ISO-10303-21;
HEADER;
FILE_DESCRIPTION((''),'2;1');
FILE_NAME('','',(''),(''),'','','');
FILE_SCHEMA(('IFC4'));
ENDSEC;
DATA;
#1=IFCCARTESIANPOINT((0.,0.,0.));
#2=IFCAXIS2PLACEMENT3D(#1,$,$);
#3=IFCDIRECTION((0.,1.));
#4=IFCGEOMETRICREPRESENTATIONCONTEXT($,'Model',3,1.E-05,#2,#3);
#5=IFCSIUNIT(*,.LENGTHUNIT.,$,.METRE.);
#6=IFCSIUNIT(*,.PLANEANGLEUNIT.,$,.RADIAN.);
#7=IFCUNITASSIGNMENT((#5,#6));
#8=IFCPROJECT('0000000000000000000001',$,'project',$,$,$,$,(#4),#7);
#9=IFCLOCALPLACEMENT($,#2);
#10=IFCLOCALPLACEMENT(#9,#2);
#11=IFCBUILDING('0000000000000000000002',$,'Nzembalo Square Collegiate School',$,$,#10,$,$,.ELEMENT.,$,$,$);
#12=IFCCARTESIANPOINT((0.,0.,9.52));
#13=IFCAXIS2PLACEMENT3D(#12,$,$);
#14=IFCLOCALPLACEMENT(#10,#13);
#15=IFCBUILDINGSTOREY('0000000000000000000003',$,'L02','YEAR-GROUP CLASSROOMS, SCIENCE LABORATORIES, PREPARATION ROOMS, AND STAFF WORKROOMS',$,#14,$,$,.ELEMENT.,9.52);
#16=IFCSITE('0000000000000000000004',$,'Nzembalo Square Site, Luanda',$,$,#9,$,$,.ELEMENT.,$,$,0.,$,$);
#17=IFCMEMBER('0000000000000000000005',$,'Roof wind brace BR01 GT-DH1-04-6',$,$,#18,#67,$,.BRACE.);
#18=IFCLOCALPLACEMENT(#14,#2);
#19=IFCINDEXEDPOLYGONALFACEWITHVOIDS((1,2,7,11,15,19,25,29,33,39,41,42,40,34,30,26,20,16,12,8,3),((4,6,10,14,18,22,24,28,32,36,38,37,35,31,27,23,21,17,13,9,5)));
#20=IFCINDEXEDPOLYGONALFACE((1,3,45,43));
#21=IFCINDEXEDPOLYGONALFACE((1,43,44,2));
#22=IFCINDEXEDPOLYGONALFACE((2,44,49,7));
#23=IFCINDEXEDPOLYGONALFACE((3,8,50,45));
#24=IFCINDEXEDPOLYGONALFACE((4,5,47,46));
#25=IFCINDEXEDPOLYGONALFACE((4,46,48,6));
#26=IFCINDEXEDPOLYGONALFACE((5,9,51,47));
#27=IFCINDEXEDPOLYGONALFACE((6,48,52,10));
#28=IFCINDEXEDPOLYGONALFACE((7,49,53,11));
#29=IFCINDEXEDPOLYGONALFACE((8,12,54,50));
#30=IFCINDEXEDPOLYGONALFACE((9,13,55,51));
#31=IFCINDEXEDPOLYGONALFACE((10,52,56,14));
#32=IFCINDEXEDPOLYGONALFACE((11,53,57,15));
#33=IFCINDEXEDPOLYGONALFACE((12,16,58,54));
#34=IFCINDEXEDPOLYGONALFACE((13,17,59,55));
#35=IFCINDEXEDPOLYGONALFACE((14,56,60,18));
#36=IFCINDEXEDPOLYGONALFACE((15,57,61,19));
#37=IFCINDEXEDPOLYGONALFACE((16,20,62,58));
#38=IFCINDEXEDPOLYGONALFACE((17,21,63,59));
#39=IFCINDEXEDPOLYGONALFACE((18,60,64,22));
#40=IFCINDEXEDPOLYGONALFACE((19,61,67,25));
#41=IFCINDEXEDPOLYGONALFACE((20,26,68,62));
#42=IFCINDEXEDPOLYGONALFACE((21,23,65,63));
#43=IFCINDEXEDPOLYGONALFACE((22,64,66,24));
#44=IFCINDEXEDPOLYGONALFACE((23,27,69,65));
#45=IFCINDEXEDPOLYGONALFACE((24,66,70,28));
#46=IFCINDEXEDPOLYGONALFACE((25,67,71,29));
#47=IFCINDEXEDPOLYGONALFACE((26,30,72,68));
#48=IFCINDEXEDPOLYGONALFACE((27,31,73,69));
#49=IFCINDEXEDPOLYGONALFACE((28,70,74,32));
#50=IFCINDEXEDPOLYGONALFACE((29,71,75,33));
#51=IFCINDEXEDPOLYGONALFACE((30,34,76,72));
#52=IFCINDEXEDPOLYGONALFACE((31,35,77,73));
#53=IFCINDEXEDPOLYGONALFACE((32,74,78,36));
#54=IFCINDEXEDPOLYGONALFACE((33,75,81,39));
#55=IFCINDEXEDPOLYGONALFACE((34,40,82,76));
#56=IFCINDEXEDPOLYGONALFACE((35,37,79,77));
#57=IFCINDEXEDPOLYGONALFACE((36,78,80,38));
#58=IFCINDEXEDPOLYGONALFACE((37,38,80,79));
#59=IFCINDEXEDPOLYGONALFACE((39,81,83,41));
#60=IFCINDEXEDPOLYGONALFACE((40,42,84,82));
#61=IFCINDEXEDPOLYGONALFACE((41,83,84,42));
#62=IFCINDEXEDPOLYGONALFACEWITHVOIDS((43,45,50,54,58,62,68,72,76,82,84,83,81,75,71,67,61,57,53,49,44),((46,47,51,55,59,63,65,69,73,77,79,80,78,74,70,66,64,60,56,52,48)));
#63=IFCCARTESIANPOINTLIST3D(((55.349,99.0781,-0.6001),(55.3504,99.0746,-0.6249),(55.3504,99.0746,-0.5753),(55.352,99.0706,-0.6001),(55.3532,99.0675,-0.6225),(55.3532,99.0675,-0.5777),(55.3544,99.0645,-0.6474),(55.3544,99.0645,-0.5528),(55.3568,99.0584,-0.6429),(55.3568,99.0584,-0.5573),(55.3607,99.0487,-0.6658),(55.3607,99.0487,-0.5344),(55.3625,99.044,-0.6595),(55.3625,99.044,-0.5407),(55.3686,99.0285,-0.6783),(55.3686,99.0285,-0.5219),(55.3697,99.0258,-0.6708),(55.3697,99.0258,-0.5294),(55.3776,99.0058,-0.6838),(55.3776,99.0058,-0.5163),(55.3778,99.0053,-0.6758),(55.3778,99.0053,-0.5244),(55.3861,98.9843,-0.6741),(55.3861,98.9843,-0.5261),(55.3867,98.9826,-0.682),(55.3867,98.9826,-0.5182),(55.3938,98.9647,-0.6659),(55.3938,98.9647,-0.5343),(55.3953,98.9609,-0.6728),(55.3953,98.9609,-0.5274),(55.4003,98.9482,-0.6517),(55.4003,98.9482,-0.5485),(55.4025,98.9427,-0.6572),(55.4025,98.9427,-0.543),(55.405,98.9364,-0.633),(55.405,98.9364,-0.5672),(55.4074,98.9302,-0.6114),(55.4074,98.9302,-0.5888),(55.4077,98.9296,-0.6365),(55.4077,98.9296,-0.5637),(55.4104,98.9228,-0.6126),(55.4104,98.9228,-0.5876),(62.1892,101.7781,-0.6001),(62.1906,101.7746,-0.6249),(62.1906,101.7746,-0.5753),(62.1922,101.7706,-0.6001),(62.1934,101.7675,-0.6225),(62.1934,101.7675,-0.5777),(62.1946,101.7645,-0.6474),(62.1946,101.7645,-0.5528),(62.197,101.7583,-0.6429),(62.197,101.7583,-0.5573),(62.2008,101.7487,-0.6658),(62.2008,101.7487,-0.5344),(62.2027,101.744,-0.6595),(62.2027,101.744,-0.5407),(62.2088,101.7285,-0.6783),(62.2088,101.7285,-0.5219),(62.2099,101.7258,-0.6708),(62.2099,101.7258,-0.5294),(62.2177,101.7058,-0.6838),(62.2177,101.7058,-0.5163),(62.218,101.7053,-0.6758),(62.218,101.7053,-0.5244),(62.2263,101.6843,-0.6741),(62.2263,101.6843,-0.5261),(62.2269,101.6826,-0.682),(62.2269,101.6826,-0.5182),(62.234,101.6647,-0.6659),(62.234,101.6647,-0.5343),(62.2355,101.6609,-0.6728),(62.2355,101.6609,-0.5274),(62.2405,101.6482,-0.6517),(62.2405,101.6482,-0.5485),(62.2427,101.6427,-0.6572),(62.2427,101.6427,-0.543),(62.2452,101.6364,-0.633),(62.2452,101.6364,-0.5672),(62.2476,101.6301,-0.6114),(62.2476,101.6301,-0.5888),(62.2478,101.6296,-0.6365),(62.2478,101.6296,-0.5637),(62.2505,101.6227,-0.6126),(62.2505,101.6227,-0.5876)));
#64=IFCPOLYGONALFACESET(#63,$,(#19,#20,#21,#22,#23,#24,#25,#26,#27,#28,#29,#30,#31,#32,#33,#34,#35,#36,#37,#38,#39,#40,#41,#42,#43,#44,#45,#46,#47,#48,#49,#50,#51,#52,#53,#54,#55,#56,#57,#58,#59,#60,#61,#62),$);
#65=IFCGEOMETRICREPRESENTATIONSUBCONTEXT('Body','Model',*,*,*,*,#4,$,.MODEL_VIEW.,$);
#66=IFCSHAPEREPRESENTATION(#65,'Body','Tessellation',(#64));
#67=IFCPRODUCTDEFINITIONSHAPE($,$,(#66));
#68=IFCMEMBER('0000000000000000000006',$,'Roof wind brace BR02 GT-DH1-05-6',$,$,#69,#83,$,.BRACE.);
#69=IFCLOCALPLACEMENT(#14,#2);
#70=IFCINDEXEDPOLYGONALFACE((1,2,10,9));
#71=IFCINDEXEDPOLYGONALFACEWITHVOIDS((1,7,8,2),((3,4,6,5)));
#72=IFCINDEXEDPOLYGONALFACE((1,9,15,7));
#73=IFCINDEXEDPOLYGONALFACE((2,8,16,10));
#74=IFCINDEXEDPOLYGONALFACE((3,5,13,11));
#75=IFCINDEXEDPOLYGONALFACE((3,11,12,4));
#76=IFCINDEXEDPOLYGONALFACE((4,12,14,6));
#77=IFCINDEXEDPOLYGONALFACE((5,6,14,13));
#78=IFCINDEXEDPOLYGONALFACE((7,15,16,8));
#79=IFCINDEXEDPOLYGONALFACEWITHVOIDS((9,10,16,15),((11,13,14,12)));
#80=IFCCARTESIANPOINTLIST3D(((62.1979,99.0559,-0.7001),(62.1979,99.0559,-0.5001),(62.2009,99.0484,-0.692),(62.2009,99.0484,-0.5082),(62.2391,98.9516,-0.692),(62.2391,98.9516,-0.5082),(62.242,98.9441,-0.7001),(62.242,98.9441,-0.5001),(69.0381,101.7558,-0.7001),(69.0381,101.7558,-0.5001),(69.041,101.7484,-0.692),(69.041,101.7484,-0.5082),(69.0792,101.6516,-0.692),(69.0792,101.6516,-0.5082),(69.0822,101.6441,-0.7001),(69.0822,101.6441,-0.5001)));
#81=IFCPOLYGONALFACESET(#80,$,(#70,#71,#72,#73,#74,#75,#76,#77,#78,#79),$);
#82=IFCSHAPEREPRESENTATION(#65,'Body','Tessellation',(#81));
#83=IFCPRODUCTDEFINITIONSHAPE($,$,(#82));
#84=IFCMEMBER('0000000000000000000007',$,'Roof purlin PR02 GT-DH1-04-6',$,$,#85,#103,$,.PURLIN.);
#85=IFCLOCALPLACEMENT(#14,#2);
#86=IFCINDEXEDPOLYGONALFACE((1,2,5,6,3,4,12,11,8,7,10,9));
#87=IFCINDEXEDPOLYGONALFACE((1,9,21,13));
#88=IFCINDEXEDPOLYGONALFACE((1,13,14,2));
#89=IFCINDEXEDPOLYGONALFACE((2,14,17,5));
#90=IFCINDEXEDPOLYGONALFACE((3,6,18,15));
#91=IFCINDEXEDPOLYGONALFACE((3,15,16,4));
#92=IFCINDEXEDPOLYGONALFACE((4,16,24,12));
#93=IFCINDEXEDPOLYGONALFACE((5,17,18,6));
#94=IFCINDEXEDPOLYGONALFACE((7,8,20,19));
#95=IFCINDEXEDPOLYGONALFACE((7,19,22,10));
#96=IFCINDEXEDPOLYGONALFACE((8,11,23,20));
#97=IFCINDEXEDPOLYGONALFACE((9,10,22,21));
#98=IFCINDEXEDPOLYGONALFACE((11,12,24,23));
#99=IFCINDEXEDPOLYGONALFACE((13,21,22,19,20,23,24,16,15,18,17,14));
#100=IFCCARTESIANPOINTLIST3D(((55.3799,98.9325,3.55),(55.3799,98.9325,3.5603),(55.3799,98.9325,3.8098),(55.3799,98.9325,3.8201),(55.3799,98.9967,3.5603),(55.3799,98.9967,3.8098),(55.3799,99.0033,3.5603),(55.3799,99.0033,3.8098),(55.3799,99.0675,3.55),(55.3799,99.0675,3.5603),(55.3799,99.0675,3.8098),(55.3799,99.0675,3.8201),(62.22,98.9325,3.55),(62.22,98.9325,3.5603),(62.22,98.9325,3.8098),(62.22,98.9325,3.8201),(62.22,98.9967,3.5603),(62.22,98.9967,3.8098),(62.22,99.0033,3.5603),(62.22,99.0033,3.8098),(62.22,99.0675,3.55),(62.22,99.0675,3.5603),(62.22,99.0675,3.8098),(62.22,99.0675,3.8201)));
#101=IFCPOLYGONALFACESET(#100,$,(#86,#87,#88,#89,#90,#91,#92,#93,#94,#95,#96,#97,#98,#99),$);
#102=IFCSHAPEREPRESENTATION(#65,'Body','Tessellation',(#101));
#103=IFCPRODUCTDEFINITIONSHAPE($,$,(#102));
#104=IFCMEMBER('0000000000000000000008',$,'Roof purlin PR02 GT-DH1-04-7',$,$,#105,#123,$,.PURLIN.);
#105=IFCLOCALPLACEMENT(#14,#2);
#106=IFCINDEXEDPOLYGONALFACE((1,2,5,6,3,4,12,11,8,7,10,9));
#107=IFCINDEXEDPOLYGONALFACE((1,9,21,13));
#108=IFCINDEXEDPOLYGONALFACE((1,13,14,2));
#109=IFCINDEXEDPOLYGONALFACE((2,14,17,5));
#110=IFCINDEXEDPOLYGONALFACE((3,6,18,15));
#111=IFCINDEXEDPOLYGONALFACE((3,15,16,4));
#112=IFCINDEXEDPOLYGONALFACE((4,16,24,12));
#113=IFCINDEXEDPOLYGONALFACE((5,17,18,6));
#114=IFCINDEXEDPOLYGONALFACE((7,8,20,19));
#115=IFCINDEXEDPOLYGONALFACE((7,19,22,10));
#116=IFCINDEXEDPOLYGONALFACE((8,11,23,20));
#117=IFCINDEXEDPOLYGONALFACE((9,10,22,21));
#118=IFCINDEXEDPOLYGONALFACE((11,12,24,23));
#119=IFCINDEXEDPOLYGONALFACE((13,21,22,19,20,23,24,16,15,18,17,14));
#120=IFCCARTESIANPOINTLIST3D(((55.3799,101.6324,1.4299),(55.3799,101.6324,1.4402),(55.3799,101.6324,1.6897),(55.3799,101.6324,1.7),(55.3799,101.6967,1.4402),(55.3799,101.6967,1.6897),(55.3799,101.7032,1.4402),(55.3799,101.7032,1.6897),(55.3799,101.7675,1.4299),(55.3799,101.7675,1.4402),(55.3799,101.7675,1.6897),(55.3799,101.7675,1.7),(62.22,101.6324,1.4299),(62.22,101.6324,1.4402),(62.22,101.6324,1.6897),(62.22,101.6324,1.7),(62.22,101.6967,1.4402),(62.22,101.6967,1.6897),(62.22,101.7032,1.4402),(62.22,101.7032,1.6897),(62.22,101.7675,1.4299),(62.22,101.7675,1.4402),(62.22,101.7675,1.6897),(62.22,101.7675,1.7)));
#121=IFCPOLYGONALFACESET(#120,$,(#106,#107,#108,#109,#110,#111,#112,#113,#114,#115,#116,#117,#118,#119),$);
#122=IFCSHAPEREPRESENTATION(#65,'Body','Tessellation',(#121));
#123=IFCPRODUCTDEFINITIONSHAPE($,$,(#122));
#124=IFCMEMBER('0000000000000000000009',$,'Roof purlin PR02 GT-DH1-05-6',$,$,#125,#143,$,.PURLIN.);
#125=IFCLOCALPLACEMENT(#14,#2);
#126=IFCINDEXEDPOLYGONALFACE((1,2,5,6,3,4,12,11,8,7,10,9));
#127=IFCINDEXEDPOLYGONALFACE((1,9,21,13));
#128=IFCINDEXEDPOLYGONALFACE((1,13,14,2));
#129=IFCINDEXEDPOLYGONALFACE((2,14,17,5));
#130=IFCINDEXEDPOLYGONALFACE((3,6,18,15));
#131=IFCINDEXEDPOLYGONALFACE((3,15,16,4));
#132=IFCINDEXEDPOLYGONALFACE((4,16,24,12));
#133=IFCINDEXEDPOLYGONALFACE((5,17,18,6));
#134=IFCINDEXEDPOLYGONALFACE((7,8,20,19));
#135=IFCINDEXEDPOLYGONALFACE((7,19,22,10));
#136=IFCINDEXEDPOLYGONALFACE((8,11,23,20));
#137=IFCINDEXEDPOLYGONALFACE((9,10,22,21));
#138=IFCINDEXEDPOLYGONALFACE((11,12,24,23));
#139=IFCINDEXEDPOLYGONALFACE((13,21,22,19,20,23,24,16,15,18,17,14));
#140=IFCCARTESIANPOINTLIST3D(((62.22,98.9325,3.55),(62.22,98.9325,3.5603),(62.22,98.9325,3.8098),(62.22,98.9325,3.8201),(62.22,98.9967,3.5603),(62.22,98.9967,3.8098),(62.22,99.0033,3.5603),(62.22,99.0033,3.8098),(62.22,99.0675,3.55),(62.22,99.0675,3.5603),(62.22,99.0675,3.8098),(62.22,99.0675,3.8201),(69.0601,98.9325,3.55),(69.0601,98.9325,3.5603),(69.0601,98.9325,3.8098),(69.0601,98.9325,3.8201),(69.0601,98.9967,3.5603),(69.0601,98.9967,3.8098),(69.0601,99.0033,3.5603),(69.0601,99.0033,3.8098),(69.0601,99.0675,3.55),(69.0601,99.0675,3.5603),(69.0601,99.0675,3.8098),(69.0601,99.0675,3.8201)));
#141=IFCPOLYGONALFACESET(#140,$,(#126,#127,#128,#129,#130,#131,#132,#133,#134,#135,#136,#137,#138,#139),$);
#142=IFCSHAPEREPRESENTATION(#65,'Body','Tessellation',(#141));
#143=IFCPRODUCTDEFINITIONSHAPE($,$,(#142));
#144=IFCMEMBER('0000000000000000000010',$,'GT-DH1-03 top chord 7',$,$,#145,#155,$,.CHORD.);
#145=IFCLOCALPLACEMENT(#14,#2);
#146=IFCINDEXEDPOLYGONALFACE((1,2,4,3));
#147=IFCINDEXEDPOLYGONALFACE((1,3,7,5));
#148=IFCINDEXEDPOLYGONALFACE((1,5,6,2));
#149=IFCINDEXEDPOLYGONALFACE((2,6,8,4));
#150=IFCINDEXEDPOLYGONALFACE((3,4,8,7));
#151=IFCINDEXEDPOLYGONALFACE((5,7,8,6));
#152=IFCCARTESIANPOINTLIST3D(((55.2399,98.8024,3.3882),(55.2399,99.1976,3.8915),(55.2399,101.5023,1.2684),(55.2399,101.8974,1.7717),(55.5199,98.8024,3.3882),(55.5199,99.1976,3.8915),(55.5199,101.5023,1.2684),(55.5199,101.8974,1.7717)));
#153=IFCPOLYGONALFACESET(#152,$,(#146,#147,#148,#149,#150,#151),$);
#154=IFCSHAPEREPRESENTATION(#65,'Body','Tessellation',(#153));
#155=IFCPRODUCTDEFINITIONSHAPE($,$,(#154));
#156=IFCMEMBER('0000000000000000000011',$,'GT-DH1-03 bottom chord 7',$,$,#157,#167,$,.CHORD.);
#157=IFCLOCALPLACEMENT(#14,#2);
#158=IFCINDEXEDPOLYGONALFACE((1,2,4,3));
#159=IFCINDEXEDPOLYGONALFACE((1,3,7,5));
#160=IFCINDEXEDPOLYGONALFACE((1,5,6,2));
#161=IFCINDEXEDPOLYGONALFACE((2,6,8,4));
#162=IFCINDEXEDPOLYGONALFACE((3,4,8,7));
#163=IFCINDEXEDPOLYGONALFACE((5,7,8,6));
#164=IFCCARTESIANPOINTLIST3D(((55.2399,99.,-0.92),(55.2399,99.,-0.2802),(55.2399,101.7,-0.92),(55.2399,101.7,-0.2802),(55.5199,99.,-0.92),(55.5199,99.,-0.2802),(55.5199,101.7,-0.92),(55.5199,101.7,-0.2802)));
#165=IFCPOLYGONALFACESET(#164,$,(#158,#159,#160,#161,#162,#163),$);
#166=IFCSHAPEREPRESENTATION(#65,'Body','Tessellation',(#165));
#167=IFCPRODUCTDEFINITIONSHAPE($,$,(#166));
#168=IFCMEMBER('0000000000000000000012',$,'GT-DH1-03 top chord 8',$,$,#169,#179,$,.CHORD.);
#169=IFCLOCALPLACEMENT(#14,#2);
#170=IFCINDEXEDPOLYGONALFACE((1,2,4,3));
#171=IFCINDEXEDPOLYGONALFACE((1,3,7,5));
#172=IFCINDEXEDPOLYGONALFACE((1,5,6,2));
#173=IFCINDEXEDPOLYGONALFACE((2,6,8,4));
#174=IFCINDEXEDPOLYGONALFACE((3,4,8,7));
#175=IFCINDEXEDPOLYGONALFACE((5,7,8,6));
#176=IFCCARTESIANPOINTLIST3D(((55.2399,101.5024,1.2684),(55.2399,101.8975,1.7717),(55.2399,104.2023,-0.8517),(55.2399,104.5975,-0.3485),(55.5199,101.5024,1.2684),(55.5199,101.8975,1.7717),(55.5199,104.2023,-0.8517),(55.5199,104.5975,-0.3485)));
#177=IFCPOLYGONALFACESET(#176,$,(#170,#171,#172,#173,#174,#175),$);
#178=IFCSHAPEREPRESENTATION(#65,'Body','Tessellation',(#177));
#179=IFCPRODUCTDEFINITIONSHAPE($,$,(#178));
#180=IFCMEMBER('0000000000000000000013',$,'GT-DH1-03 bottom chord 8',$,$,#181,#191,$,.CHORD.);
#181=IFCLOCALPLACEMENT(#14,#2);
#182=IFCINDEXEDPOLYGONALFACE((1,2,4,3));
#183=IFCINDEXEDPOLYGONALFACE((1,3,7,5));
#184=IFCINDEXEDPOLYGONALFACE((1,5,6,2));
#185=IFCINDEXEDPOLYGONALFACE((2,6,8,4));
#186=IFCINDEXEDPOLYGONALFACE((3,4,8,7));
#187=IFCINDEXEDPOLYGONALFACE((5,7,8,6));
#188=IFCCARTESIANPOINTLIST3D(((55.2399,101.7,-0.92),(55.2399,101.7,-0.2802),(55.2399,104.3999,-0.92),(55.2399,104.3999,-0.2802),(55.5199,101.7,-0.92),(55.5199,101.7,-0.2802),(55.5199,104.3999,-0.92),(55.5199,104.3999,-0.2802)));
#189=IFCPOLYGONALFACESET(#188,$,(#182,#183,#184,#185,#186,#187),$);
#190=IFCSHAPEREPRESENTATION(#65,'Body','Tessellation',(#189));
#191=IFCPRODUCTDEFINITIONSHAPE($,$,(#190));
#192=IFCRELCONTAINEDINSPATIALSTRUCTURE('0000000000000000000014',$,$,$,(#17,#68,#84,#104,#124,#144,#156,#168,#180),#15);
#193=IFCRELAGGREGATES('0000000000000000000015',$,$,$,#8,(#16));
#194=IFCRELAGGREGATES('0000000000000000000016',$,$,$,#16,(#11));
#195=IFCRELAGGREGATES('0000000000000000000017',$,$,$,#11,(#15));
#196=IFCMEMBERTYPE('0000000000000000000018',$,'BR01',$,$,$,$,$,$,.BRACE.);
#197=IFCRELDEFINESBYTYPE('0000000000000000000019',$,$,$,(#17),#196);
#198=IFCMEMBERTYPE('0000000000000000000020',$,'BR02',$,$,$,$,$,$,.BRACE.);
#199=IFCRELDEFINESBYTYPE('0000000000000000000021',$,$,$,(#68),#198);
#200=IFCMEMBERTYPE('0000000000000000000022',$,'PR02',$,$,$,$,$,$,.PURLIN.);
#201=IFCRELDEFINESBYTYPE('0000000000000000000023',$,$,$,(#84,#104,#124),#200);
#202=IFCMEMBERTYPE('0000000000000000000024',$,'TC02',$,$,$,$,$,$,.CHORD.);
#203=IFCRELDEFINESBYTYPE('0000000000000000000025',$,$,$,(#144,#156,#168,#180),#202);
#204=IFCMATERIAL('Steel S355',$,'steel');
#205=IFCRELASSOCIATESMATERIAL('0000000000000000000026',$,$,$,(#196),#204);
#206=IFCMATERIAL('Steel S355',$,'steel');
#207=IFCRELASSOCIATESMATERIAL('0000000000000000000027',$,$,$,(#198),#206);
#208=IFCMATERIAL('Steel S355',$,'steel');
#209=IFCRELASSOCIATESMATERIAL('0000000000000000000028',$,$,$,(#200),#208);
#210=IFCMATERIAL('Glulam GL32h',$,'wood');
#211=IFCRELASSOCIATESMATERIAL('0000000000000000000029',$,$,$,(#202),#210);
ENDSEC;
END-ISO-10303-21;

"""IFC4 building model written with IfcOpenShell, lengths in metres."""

from ifc_helpers import new_model, si_unit, direction, frame, origin, origin_2d, place, context, subcontext, project, spatial, rectangle, hollow_rectangle, hollow_circle, i_section, extrude, material, material_profile, profile_set, type_object, element, save


model = new_model("IFC4")

# Units and contexts
model_context = context("Model", 3, precision=1e-05, world=origin(), true_north=direction((0.0, 1.0)))
body_context = subcontext(model_context, "Body", "Model", "MODEL_VIEW")
ifc_project = project(units=[si_unit("LENGTHUNIT", "METRE"), si_unit("PLANEANGLEUNIT", "RADIAN")], contexts=[model_context])

# Site, building, storey
site_placement = place(None, origin())
site = spatial("IfcSite", under=ifc_project, at=site_placement, Name="Nzembalo Square Site, Luanda", CompositionType="ELEMENT", RefElevation=0.0)
building_placement = place(site_placement, origin())
building = spatial("IfcBuilding", under=site, at=building_placement, Name="Nzembalo Square Collegiate School", CompositionType="ELEMENT")
storey_placement = place(building_placement, frame((0.0, 0.0, 9.52)))
storey = spatial("IfcBuildingStorey", under=building, at=storey_placement, Name="L02", Description="YEAR-GROUP CLASSROOMS, SCIENCE LABORATORIES, PREPARATION ROOMS, AND STAFF WORKROOMS", CompositionType="ELEMENT", Elevation=9.52)

# Members
ifc_material_1 = material(Name="Steel S355", Category="steel")
ifc_material_profile_1 = material_profile(ifc_material_1, hollow_circle(Radius=0.084, WallThickness=0.0081, at=origin_2d()), Name="CHS 168x8")
ifc_profile_set_1 = profile_set([ifc_material_profile_1], Name="Steel S355")
member_type_1 = type_object("IfcMemberType", Name="BR01", PredefinedType="BRACE", material=ifc_profile_set_1)
member_1_placement = place(storey_placement, frame((55.3799, 99.0, -0.6001), z_axis=(0.930159, 0.367157, 0.0), x_axis=(-0.367157, 0.930159, 0.0)))
element("IfcMember", 1, at=member_1_placement, inside=storey, type_object=member_type_1, Name="Roof wind brace BR01 GT-DH1-04-6", PredefinedType="BRACE", context=body_context, shape_type="SweptSolid", body=[
    extrude(hollow_circle(Radius=0.084, WallThickness=0.0081, at=origin_2d()), origin(), (0.0, 0.0, 1.0), 7.3538),
])
ifc_material_2 = material(Name="Steel S355", Category="steel")
ifc_material_profile_2 = material_profile(ifc_material_2, hollow_rectangle(XDim=0.1201, YDim=0.2, WallThickness=0.0081, at=origin_2d()), Name="RHS 200x120x8")
ifc_profile_set_2 = profile_set([ifc_material_profile_2], Name="Steel S355")
member_type_2 = type_object("IfcMemberType", Name="BR02", PredefinedType="BRACE", material=ifc_profile_set_2)
member_2_placement = place(storey_placement, frame((62.22, 99.0, -0.6001), z_axis=(0.930159, 0.367157, 0.0), x_axis=(-0.367157, 0.930159, 0.0)))
element("IfcMember", 2, at=member_2_placement, inside=storey, type_object=member_type_2, Name="Roof wind brace BR02 GT-DH1-05-6", PredefinedType="BRACE", context=body_context, shape_type="SweptSolid", body=[
    extrude(hollow_rectangle(XDim=0.1201, YDim=0.2, WallThickness=0.0081, at=origin_2d()), origin(), (0.0, 0.0, 1.0), 7.3538),
])
ifc_material_3 = material(Name="Steel S355", Category="steel")
ifc_material_profile_3 = material_profile(ifc_material_3, i_section(OverallWidth=0.135, OverallDepth=0.27, WebThickness=0.0066, FlangeThickness=0.0103, at=origin_2d()), Name="IPE 270")
ifc_profile_set_3 = profile_set([ifc_material_profile_3], Name="Steel S355")
member_type_3 = type_object("IfcMemberType", Name="PR02", PredefinedType="PURLIN", material=ifc_profile_set_3)
for number, where, z_axis, x_axis, name in (
    (3, (55.3799, 99.0, 3.6851), (1.0, 0.0, 0.0), (0.0, 1.0, 0.0), "Roof purlin PR02 GT-DH1-04-6"),
    (4, (55.3799, 101.7, 1.5649), (1.0, 0.0, 0.0), (0.0, 1.0, 0.0), "Roof purlin PR02 GT-DH1-04-7"),
    (5, (62.22, 99.0, 3.6851), (1.0, 0.0, 0.0), (0.0, 1.0, 0.0), "Roof purlin PR02 GT-DH1-05-6"),
):
    element("IfcMember", number, at=place(storey_placement, frame(where, z_axis=z_axis, x_axis=x_axis)), inside=storey, type_object=member_type_3, Name=name, PredefinedType="PURLIN", context=body_context, shape_type="SweptSolid", body=[
        extrude(i_section(OverallWidth=0.135, OverallDepth=0.27, WebThickness=0.0066, FlangeThickness=0.0103, at=origin_2d()), origin(), (0.0, 0.0, 1.0), 6.8401),
    ])
ifc_material_4 = material(Name="Glulam GL32h", Category="wood")
ifc_material_profile_4 = material_profile(ifc_material_4, rectangle(XDim=0.28, YDim=0.6399, at=origin_2d()), Name="GL32h 280x640")
ifc_profile_set_4 = profile_set([ifc_material_profile_4], Name="Glulam GL32h")
member_type_4 = type_object("IfcMemberType", Name="TC02", PredefinedType="CHORD", material=ifc_profile_set_4)
member_3_placement = place(storey_placement, frame((55.3799, 99.0, 3.6399), z_axis=(0.0, 0.786533, -0.617548), x_axis=(-1.0, 0.0, 0.0)))
element("IfcMember", 6, at=member_3_placement, inside=storey, type_object=member_type_4, Name="GT-DH1-03 top chord 7", PredefinedType="CHORD", context=body_context, shape_type="SweptSolid", body=[
    extrude(rectangle(XDim=0.28, YDim=0.6399, at=origin_2d()), origin(), (0.0, 0.0, 1.0), 3.4326),
])
member_4_placement = place(storey_placement, frame((55.3799, 99.0, -0.6001), z_axis=(0.0, 1.0, 0.0), x_axis=(-1.0, 0.0, 0.0)))
element("IfcMember", 7, at=member_4_placement, inside=storey, type_object=member_type_4, Name="GT-DH1-03 bottom chord 7", PredefinedType="CHORD", context=body_context, shape_type="SweptSolid", body=[
    extrude(rectangle(XDim=0.28, YDim=0.6399, at=origin_2d()), origin(), (0.0, 0.0, 1.0), 2.7),
])
member_5_placement = place(storey_placement, frame((55.3799, 101.7, 1.52), z_axis=(0.0, 0.786498, -0.617592), x_axis=(-1.0, 0.0, 0.0)))
element("IfcMember", 8, at=member_5_placement, inside=storey, type_object=member_type_4, Name="GT-DH1-03 top chord 8", PredefinedType="CHORD", context=body_context, shape_type="SweptSolid", body=[
    extrude(rectangle(XDim=0.28, YDim=0.6399, at=origin_2d()), origin(), (0.0, 0.0, 1.0), 3.4329),
])
member_6_placement = place(storey_placement, frame((55.3799, 101.7, -0.6001), z_axis=(0.0, 1.0, 0.0), x_axis=(-1.0, 0.0, 0.0)))
element("IfcMember", 9, at=member_6_placement, inside=storey, type_object=member_type_4, Name="GT-DH1-03 bottom chord 8", PredefinedType="CHORD", context=body_context, shape_type="SweptSolid", body=[
    extrude(rectangle(XDim=0.28, YDim=0.6399, at=origin_2d()), origin(), (0.0, 0.0, 1.0), 2.7),
])

save(model, "model.ifc")
